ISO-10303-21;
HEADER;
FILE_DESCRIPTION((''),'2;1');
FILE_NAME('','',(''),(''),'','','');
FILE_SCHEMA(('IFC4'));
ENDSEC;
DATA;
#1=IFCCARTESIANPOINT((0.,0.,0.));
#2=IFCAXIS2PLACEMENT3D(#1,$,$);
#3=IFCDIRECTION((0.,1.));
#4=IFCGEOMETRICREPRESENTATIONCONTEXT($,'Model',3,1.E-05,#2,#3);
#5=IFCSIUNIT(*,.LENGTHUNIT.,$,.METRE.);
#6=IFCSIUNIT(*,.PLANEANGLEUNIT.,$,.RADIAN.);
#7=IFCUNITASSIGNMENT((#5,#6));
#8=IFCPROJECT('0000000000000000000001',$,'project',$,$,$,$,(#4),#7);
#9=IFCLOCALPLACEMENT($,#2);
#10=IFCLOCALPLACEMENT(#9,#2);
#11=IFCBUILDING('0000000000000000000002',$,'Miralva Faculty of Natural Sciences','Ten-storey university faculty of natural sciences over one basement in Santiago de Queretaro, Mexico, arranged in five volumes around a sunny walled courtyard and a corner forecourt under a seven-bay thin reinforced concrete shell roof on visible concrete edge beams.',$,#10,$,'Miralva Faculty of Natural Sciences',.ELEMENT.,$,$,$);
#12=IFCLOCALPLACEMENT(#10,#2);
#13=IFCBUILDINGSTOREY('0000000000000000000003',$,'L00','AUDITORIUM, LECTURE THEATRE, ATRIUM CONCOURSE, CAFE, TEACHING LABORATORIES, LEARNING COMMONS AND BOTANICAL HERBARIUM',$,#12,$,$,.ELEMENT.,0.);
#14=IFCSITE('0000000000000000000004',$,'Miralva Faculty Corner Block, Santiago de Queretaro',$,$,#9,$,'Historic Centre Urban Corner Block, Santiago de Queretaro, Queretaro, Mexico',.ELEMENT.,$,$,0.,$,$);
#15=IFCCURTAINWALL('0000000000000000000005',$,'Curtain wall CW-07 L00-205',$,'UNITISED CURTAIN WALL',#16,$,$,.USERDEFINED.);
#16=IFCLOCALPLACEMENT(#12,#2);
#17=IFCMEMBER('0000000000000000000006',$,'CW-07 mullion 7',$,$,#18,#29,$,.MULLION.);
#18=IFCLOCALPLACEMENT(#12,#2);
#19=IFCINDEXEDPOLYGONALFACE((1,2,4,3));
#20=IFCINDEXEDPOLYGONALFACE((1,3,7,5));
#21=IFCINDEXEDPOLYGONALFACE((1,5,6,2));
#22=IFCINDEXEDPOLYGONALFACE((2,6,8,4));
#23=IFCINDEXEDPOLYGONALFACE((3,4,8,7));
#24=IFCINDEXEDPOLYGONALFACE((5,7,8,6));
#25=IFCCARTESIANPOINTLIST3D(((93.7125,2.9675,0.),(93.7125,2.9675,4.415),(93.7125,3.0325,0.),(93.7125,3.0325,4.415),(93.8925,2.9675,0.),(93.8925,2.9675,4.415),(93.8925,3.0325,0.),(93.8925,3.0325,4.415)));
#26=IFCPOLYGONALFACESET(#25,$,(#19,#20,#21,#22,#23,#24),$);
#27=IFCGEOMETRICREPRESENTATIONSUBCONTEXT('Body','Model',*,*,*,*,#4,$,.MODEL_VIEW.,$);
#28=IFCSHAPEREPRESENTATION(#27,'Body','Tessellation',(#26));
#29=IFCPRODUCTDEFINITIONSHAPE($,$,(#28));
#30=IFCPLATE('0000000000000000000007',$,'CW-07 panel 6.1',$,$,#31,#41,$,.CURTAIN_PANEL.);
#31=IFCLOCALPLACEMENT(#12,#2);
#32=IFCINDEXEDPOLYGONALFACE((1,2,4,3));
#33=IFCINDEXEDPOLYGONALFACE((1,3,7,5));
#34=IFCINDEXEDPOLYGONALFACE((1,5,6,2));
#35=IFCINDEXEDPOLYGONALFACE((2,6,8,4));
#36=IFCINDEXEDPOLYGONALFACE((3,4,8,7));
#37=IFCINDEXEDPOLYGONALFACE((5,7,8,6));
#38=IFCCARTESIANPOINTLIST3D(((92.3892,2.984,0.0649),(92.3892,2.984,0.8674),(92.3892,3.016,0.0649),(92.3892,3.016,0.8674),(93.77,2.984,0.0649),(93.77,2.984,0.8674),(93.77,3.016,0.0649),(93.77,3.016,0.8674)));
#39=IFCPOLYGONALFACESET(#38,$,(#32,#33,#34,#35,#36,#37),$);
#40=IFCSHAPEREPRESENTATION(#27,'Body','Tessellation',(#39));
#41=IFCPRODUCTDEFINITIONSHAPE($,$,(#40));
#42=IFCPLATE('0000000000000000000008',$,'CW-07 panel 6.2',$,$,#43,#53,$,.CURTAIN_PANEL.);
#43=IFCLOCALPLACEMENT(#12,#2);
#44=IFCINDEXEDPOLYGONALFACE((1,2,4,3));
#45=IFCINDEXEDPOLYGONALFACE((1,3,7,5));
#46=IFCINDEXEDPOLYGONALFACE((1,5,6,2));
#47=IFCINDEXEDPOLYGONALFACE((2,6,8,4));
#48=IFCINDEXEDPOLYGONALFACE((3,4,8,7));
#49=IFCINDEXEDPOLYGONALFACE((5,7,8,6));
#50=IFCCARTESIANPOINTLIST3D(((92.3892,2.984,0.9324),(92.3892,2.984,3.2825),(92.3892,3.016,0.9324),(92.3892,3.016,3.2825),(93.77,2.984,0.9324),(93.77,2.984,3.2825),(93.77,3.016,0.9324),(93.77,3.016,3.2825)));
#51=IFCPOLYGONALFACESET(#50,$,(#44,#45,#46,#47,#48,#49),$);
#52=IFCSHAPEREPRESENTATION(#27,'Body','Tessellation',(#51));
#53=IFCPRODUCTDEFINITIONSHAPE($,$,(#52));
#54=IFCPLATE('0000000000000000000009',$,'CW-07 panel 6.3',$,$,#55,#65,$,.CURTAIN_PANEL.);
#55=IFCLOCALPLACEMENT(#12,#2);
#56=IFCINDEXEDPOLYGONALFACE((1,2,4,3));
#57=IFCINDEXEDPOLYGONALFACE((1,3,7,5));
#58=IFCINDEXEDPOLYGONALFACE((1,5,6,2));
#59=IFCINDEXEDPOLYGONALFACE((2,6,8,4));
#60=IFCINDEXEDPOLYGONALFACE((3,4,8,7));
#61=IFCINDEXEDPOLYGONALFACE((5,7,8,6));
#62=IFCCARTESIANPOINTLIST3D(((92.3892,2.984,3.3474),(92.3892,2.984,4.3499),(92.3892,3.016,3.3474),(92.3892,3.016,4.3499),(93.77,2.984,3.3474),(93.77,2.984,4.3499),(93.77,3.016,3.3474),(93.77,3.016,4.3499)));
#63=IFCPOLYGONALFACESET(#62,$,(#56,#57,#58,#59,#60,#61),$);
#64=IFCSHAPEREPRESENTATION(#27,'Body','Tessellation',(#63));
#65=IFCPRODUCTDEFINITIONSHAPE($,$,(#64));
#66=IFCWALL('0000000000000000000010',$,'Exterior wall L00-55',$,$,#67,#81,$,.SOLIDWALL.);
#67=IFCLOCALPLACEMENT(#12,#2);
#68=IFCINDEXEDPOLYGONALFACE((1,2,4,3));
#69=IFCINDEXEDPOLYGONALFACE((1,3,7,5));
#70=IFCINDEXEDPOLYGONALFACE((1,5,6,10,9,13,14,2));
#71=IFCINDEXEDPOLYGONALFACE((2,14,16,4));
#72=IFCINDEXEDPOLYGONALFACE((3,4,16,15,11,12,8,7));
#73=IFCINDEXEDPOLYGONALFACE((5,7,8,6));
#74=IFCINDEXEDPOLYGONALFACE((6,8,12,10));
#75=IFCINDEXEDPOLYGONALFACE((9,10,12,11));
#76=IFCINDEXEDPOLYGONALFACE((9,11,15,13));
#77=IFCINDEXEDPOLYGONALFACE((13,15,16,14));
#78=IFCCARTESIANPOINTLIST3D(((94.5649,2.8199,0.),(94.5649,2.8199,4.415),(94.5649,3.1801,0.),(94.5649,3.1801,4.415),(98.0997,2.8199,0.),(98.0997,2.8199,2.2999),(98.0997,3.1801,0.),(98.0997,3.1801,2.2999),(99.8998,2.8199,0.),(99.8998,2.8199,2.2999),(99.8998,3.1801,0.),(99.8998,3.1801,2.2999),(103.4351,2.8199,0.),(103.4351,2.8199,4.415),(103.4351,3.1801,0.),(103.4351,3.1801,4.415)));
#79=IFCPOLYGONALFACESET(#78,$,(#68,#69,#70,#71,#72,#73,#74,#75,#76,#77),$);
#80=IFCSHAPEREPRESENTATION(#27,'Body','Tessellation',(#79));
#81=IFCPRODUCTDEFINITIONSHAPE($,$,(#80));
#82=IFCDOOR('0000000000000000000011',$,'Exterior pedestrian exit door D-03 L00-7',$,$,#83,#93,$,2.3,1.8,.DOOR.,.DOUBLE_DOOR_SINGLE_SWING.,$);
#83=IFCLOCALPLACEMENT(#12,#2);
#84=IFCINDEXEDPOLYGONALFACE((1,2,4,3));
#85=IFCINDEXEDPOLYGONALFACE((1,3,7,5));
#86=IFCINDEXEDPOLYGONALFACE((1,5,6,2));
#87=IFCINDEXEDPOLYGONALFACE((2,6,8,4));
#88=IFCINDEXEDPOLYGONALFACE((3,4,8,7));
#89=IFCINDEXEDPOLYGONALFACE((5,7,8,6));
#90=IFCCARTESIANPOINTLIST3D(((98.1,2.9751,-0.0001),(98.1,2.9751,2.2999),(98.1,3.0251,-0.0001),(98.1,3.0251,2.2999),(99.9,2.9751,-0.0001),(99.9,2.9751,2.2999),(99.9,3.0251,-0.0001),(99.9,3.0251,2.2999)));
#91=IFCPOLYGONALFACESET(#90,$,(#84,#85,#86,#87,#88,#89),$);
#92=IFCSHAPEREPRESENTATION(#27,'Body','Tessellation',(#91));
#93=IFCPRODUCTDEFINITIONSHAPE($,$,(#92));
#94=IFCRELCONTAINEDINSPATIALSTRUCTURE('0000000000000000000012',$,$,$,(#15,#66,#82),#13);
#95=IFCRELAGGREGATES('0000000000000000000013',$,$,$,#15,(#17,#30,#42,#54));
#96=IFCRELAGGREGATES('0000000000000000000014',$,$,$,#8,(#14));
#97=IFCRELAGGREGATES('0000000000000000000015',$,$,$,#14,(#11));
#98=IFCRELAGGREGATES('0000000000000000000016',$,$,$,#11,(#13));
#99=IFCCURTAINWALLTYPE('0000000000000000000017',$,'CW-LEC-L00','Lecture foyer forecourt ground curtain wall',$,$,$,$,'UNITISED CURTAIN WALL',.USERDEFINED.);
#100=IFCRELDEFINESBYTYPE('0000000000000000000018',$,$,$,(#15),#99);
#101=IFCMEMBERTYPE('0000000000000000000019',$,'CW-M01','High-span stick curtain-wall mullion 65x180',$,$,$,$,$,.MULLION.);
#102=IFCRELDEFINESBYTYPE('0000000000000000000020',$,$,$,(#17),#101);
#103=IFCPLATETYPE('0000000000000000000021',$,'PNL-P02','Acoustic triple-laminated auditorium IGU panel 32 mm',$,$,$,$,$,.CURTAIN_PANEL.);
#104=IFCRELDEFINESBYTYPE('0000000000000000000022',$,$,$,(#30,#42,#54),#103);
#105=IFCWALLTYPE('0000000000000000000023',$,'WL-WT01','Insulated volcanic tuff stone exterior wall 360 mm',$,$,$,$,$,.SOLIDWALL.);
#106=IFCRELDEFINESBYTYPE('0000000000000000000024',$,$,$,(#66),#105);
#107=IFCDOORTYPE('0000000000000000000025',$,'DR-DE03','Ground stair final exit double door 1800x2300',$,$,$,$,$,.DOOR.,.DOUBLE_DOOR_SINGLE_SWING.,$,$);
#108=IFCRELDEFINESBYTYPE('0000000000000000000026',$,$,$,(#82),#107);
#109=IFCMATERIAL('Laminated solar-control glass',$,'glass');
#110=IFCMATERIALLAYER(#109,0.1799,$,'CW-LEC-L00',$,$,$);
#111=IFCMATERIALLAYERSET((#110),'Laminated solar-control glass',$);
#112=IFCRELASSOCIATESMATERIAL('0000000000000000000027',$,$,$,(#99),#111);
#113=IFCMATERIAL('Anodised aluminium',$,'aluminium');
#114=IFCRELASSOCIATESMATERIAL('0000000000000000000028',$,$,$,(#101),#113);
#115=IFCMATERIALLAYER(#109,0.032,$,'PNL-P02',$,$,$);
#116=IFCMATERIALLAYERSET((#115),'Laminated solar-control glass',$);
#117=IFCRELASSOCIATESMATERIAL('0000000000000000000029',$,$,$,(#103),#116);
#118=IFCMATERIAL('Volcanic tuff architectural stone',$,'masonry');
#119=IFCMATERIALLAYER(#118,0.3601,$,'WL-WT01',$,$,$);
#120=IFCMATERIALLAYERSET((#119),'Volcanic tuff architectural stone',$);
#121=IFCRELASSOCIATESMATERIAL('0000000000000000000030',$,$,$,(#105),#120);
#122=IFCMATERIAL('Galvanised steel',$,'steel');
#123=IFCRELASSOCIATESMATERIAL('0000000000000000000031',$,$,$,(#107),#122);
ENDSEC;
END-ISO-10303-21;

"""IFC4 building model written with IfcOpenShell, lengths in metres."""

from ifc_helpers import new_model, si_unit, direction, frame, frame_2d, origin, origin_2d, place, context, subcontext, project, spatial, rectangle, extrude, material, layer, layer_set, material_profile, profile_set, type_object, element, fill, aggregate, save


model = new_model("IFC4")

# Units and contexts
model_context = context("Model", 3, precision=1e-05, world=origin(), true_north=direction((0.0, 1.0)))
body_context = subcontext(model_context, "Body", "Model", "MODEL_VIEW")
ifc_project = project(units=[si_unit("LENGTHUNIT", "METRE"), si_unit("PLANEANGLEUNIT", "RADIAN")], contexts=[model_context])

# Site, building, storey
site_placement = place(None, origin())
site = spatial("IfcSite", under=ifc_project, at=site_placement, Name="Miralva Faculty Corner Block, Santiago de Queretaro", LongName="Historic Centre Urban Corner Block, Santiago de Queretaro, Queretaro, Mexico", CompositionType="ELEMENT", RefElevation=0.0)
building_placement = place(site_placement, origin())
building = spatial("IfcBuilding", under=site, at=building_placement, Name="Miralva Faculty of Natural Sciences", Description="Ten-storey university faculty of natural sciences over one basement in Santiago de Queretaro, Mexico, arranged in five volumes around a sunny walled courtyard and a corner forecourt under a seven-bay thin reinforced concrete shell roof on visible concrete edge beams.", LongName="Miralva Faculty of Natural Sciences", CompositionType="ELEMENT")
storey_placement = place(building_placement, origin())
storey = spatial("IfcBuildingStorey", under=building, at=storey_placement, Name="L00", Description="AUDITORIUM, LECTURE THEATRE, ATRIUM CONCOURSE, CAFE, TEACHING LABORATORIES, LEARNING COMMONS AND BOTANICAL HERBARIUM", CompositionType="ELEMENT", Elevation=0.0)

# Curtain wall, member, plates
ifc_material_1 = material(Name="Laminated solar-control glass", Category="glass")
ifc_layer_1 = layer(ifc_material_1, 0.1799, Name="CW-LEC-L00")
ifc_layer_set_1 = layer_set([ifc_layer_1], Name="Laminated solar-control glass")
curtain_wall_type = type_object("IfcCurtainWallType", Name="CW-LEC-L00", Description="Lecture foyer forecourt ground curtain wall", ElementType="UNITISED CURTAIN WALL", PredefinedType="USERDEFINED", material=ifc_layer_set_1)
curtain_wall_placement = place(storey_placement, origin())
curtain_wall = element("IfcCurtainWall", 1, at=curtain_wall_placement, inside=storey, type_object=curtain_wall_type, Name="Curtain wall CW-07 L00-205", ObjectType="UNITISED CURTAIN WALL", PredefinedType="USERDEFINED")
ifc_material_2 = material(Name="Anodised aluminium", Category="aluminium")
ifc_material_profile_1 = material_profile(ifc_material_2, rectangle(XDim=0.0649, YDim=0.1799, at=origin_2d()), Name="MULLION 65x180")
ifc_profile_set_1 = profile_set([ifc_material_profile_1], Name="Anodised aluminium")
member_type = type_object("IfcMemberType", Name="CW-M01", Description="High-span stick curtain-wall mullion 65x180", PredefinedType="MULLION", material=ifc_profile_set_1)
member_placement = place(storey_placement, frame((93.8025, 3.0, 0.0), z_axis=(0.0, 0.0, 1.0), x_axis=(0.0, 1.0, 0.0)))
member = element("IfcMember", 2, at=member_placement, type_object=member_type, Name="CW-07 mullion 7", PredefinedType="MULLION", context=body_context, shape_type="SweptSolid", body=[
    extrude(rectangle(XDim=0.0649, YDim=0.1799, at=origin_2d()), origin(), (0.0, 0.0, 1.0), 4.415),
])
ifc_layer_2 = layer(ifc_material_1, 0.032, Name="PNL-P02")
ifc_layer_set_2 = layer_set([ifc_layer_2], Name="Laminated solar-control glass")
plate_type = type_object("IfcPlateType", Name="PNL-P02", Description="Acoustic triple-laminated auditorium IGU panel 32 mm", PredefinedType="CURTAIN_PANEL", material=ifc_layer_set_2)
plate_1_placement = place(storey_placement, frame((93.0796, 3.0, 0.0649), z_axis=(0.0, 0.0, 1.0), x_axis=(1.0, 0.0, 0.0)))
plate_1 = element("IfcPlate", 3, at=plate_1_placement, type_object=plate_type, Name="CW-07 panel 6.1", PredefinedType="CURTAIN_PANEL", context=body_context, shape_type="SweptSolid", body=[
    extrude(rectangle(XDim=1.3809, YDim=0.032, at=origin_2d()), origin(), (0.0, 0.0, 1.0), 0.8025),
])
plate_2_placement = place(storey_placement, frame((93.0796, 3.0, 0.9324), z_axis=(0.0, 0.0, 1.0), x_axis=(1.0, 0.0, 0.0)))
plate_2 = element("IfcPlate", 4, at=plate_2_placement, type_object=plate_type, Name="CW-07 panel 6.2", PredefinedType="CURTAIN_PANEL", context=body_context, shape_type="SweptSolid", body=[
    extrude(rectangle(XDim=1.3809, YDim=0.032, at=origin_2d()), origin(), (0.0, 0.0, 1.0), 2.3501),
])
plate_3_placement = place(storey_placement, frame((93.0796, 3.0, 3.3474), z_axis=(0.0, 0.0, 1.0), x_axis=(1.0, 0.0, 0.0)))
plate_3 = element("IfcPlate", 5, at=plate_3_placement, type_object=plate_type, Name="CW-07 panel 6.3", PredefinedType="CURTAIN_PANEL", context=body_context, shape_type="SweptSolid", body=[
    extrude(rectangle(XDim=1.3809, YDim=0.032, at=origin_2d()), origin(), (0.0, 0.0, 1.0), 1.0024),
])
aggregate(curtain_wall, [member, plate_1, plate_2, plate_3])

# Wall, opening, door
ifc_material_3 = material(Name="Volcanic tuff architectural stone", Category="masonry")
ifc_layer_3 = layer(ifc_material_3, 0.3601, Name="WL-WT01")
ifc_layer_set_3 = layer_set([ifc_layer_3], Name="Volcanic tuff architectural stone")
wall_type = type_object("IfcWallType", Name="WL-WT01", Description="Insulated volcanic tuff stone exterior wall 360 mm", PredefinedType="SOLIDWALL", material=ifc_layer_set_3)
wall_placement = place(storey_placement, frame((94.5649, 3.0, 0.0), z_axis=(0.0, 0.0, 1.0), x_axis=(1.0, 0.0, 0.0)))
wall = element("IfcWall", 6, at=wall_placement, inside=storey, type_object=wall_type, Name="Exterior wall L00-55", PredefinedType="SOLIDWALL", context=body_context, shape_type="SweptSolid", body=[
    extrude(rectangle(XDim=8.8701, YDim=0.3601, at=frame_2d((4.4351, 0.0))), origin(), (0.0, 0.0, 1.0), 4.415),
])
opening_placement = place(wall_placement, frame((3.5349, 0.0, 0.0)))
opening = element("IfcOpeningElement", 7, at=opening_placement, cuts=wall, PredefinedType="OPENING", context=body_context, shape_type="SweptSolid", body=[
    extrude(rectangle(XDim=1.8, YDim=2.3, at=frame_2d((0.8999, 1.1499))), frame((0.0, 0.1899, 0.0), z_axis=(0.0, -1.0, 0.0), x_axis=(1.0, 0.0, 0.0)), (0.0, 0.0, 1.0), 0.3801),
])
ifc_material_4 = material(Name="Galvanised steel", Category="steel")
door_type = type_object("IfcDoorType", Name="DR-DE03", Description="Ground stair final exit double door 1800x2300", OperationType="DOUBLE_DOOR_SINGLE_SWING", PredefinedType="DOOR", material=ifc_material_4)
door_placement = place(opening_placement, frame((1.8, 0.0, 0.0), z_axis=(0.0, 0.0, 1.0), x_axis=(-1.0, 0.0, 0.0)))
door = element("IfcDoor", 8, at=door_placement, inside=storey, type_object=door_type, Name="Exterior pedestrian exit door D-03 L00-7", OperationType="DOUBLE_DOOR_SINGLE_SWING", OverallHeight=2.3, OverallWidth=1.8, PredefinedType="DOOR", context=body_context, shape_type="SweptSolid", body=[
    extrude(rectangle(XDim=1.8, YDim=2.3, at=frame_2d((0.8999, 1.1499))), frame((0.0, 0.0249, 0.0), z_axis=(0.0, -1.0, 0.0), x_axis=(1.0, 0.0, 0.0)), (0.0, 0.0, 1.0), 0.05),
])
fill(opening, door)

save(model, "model.ifc")
